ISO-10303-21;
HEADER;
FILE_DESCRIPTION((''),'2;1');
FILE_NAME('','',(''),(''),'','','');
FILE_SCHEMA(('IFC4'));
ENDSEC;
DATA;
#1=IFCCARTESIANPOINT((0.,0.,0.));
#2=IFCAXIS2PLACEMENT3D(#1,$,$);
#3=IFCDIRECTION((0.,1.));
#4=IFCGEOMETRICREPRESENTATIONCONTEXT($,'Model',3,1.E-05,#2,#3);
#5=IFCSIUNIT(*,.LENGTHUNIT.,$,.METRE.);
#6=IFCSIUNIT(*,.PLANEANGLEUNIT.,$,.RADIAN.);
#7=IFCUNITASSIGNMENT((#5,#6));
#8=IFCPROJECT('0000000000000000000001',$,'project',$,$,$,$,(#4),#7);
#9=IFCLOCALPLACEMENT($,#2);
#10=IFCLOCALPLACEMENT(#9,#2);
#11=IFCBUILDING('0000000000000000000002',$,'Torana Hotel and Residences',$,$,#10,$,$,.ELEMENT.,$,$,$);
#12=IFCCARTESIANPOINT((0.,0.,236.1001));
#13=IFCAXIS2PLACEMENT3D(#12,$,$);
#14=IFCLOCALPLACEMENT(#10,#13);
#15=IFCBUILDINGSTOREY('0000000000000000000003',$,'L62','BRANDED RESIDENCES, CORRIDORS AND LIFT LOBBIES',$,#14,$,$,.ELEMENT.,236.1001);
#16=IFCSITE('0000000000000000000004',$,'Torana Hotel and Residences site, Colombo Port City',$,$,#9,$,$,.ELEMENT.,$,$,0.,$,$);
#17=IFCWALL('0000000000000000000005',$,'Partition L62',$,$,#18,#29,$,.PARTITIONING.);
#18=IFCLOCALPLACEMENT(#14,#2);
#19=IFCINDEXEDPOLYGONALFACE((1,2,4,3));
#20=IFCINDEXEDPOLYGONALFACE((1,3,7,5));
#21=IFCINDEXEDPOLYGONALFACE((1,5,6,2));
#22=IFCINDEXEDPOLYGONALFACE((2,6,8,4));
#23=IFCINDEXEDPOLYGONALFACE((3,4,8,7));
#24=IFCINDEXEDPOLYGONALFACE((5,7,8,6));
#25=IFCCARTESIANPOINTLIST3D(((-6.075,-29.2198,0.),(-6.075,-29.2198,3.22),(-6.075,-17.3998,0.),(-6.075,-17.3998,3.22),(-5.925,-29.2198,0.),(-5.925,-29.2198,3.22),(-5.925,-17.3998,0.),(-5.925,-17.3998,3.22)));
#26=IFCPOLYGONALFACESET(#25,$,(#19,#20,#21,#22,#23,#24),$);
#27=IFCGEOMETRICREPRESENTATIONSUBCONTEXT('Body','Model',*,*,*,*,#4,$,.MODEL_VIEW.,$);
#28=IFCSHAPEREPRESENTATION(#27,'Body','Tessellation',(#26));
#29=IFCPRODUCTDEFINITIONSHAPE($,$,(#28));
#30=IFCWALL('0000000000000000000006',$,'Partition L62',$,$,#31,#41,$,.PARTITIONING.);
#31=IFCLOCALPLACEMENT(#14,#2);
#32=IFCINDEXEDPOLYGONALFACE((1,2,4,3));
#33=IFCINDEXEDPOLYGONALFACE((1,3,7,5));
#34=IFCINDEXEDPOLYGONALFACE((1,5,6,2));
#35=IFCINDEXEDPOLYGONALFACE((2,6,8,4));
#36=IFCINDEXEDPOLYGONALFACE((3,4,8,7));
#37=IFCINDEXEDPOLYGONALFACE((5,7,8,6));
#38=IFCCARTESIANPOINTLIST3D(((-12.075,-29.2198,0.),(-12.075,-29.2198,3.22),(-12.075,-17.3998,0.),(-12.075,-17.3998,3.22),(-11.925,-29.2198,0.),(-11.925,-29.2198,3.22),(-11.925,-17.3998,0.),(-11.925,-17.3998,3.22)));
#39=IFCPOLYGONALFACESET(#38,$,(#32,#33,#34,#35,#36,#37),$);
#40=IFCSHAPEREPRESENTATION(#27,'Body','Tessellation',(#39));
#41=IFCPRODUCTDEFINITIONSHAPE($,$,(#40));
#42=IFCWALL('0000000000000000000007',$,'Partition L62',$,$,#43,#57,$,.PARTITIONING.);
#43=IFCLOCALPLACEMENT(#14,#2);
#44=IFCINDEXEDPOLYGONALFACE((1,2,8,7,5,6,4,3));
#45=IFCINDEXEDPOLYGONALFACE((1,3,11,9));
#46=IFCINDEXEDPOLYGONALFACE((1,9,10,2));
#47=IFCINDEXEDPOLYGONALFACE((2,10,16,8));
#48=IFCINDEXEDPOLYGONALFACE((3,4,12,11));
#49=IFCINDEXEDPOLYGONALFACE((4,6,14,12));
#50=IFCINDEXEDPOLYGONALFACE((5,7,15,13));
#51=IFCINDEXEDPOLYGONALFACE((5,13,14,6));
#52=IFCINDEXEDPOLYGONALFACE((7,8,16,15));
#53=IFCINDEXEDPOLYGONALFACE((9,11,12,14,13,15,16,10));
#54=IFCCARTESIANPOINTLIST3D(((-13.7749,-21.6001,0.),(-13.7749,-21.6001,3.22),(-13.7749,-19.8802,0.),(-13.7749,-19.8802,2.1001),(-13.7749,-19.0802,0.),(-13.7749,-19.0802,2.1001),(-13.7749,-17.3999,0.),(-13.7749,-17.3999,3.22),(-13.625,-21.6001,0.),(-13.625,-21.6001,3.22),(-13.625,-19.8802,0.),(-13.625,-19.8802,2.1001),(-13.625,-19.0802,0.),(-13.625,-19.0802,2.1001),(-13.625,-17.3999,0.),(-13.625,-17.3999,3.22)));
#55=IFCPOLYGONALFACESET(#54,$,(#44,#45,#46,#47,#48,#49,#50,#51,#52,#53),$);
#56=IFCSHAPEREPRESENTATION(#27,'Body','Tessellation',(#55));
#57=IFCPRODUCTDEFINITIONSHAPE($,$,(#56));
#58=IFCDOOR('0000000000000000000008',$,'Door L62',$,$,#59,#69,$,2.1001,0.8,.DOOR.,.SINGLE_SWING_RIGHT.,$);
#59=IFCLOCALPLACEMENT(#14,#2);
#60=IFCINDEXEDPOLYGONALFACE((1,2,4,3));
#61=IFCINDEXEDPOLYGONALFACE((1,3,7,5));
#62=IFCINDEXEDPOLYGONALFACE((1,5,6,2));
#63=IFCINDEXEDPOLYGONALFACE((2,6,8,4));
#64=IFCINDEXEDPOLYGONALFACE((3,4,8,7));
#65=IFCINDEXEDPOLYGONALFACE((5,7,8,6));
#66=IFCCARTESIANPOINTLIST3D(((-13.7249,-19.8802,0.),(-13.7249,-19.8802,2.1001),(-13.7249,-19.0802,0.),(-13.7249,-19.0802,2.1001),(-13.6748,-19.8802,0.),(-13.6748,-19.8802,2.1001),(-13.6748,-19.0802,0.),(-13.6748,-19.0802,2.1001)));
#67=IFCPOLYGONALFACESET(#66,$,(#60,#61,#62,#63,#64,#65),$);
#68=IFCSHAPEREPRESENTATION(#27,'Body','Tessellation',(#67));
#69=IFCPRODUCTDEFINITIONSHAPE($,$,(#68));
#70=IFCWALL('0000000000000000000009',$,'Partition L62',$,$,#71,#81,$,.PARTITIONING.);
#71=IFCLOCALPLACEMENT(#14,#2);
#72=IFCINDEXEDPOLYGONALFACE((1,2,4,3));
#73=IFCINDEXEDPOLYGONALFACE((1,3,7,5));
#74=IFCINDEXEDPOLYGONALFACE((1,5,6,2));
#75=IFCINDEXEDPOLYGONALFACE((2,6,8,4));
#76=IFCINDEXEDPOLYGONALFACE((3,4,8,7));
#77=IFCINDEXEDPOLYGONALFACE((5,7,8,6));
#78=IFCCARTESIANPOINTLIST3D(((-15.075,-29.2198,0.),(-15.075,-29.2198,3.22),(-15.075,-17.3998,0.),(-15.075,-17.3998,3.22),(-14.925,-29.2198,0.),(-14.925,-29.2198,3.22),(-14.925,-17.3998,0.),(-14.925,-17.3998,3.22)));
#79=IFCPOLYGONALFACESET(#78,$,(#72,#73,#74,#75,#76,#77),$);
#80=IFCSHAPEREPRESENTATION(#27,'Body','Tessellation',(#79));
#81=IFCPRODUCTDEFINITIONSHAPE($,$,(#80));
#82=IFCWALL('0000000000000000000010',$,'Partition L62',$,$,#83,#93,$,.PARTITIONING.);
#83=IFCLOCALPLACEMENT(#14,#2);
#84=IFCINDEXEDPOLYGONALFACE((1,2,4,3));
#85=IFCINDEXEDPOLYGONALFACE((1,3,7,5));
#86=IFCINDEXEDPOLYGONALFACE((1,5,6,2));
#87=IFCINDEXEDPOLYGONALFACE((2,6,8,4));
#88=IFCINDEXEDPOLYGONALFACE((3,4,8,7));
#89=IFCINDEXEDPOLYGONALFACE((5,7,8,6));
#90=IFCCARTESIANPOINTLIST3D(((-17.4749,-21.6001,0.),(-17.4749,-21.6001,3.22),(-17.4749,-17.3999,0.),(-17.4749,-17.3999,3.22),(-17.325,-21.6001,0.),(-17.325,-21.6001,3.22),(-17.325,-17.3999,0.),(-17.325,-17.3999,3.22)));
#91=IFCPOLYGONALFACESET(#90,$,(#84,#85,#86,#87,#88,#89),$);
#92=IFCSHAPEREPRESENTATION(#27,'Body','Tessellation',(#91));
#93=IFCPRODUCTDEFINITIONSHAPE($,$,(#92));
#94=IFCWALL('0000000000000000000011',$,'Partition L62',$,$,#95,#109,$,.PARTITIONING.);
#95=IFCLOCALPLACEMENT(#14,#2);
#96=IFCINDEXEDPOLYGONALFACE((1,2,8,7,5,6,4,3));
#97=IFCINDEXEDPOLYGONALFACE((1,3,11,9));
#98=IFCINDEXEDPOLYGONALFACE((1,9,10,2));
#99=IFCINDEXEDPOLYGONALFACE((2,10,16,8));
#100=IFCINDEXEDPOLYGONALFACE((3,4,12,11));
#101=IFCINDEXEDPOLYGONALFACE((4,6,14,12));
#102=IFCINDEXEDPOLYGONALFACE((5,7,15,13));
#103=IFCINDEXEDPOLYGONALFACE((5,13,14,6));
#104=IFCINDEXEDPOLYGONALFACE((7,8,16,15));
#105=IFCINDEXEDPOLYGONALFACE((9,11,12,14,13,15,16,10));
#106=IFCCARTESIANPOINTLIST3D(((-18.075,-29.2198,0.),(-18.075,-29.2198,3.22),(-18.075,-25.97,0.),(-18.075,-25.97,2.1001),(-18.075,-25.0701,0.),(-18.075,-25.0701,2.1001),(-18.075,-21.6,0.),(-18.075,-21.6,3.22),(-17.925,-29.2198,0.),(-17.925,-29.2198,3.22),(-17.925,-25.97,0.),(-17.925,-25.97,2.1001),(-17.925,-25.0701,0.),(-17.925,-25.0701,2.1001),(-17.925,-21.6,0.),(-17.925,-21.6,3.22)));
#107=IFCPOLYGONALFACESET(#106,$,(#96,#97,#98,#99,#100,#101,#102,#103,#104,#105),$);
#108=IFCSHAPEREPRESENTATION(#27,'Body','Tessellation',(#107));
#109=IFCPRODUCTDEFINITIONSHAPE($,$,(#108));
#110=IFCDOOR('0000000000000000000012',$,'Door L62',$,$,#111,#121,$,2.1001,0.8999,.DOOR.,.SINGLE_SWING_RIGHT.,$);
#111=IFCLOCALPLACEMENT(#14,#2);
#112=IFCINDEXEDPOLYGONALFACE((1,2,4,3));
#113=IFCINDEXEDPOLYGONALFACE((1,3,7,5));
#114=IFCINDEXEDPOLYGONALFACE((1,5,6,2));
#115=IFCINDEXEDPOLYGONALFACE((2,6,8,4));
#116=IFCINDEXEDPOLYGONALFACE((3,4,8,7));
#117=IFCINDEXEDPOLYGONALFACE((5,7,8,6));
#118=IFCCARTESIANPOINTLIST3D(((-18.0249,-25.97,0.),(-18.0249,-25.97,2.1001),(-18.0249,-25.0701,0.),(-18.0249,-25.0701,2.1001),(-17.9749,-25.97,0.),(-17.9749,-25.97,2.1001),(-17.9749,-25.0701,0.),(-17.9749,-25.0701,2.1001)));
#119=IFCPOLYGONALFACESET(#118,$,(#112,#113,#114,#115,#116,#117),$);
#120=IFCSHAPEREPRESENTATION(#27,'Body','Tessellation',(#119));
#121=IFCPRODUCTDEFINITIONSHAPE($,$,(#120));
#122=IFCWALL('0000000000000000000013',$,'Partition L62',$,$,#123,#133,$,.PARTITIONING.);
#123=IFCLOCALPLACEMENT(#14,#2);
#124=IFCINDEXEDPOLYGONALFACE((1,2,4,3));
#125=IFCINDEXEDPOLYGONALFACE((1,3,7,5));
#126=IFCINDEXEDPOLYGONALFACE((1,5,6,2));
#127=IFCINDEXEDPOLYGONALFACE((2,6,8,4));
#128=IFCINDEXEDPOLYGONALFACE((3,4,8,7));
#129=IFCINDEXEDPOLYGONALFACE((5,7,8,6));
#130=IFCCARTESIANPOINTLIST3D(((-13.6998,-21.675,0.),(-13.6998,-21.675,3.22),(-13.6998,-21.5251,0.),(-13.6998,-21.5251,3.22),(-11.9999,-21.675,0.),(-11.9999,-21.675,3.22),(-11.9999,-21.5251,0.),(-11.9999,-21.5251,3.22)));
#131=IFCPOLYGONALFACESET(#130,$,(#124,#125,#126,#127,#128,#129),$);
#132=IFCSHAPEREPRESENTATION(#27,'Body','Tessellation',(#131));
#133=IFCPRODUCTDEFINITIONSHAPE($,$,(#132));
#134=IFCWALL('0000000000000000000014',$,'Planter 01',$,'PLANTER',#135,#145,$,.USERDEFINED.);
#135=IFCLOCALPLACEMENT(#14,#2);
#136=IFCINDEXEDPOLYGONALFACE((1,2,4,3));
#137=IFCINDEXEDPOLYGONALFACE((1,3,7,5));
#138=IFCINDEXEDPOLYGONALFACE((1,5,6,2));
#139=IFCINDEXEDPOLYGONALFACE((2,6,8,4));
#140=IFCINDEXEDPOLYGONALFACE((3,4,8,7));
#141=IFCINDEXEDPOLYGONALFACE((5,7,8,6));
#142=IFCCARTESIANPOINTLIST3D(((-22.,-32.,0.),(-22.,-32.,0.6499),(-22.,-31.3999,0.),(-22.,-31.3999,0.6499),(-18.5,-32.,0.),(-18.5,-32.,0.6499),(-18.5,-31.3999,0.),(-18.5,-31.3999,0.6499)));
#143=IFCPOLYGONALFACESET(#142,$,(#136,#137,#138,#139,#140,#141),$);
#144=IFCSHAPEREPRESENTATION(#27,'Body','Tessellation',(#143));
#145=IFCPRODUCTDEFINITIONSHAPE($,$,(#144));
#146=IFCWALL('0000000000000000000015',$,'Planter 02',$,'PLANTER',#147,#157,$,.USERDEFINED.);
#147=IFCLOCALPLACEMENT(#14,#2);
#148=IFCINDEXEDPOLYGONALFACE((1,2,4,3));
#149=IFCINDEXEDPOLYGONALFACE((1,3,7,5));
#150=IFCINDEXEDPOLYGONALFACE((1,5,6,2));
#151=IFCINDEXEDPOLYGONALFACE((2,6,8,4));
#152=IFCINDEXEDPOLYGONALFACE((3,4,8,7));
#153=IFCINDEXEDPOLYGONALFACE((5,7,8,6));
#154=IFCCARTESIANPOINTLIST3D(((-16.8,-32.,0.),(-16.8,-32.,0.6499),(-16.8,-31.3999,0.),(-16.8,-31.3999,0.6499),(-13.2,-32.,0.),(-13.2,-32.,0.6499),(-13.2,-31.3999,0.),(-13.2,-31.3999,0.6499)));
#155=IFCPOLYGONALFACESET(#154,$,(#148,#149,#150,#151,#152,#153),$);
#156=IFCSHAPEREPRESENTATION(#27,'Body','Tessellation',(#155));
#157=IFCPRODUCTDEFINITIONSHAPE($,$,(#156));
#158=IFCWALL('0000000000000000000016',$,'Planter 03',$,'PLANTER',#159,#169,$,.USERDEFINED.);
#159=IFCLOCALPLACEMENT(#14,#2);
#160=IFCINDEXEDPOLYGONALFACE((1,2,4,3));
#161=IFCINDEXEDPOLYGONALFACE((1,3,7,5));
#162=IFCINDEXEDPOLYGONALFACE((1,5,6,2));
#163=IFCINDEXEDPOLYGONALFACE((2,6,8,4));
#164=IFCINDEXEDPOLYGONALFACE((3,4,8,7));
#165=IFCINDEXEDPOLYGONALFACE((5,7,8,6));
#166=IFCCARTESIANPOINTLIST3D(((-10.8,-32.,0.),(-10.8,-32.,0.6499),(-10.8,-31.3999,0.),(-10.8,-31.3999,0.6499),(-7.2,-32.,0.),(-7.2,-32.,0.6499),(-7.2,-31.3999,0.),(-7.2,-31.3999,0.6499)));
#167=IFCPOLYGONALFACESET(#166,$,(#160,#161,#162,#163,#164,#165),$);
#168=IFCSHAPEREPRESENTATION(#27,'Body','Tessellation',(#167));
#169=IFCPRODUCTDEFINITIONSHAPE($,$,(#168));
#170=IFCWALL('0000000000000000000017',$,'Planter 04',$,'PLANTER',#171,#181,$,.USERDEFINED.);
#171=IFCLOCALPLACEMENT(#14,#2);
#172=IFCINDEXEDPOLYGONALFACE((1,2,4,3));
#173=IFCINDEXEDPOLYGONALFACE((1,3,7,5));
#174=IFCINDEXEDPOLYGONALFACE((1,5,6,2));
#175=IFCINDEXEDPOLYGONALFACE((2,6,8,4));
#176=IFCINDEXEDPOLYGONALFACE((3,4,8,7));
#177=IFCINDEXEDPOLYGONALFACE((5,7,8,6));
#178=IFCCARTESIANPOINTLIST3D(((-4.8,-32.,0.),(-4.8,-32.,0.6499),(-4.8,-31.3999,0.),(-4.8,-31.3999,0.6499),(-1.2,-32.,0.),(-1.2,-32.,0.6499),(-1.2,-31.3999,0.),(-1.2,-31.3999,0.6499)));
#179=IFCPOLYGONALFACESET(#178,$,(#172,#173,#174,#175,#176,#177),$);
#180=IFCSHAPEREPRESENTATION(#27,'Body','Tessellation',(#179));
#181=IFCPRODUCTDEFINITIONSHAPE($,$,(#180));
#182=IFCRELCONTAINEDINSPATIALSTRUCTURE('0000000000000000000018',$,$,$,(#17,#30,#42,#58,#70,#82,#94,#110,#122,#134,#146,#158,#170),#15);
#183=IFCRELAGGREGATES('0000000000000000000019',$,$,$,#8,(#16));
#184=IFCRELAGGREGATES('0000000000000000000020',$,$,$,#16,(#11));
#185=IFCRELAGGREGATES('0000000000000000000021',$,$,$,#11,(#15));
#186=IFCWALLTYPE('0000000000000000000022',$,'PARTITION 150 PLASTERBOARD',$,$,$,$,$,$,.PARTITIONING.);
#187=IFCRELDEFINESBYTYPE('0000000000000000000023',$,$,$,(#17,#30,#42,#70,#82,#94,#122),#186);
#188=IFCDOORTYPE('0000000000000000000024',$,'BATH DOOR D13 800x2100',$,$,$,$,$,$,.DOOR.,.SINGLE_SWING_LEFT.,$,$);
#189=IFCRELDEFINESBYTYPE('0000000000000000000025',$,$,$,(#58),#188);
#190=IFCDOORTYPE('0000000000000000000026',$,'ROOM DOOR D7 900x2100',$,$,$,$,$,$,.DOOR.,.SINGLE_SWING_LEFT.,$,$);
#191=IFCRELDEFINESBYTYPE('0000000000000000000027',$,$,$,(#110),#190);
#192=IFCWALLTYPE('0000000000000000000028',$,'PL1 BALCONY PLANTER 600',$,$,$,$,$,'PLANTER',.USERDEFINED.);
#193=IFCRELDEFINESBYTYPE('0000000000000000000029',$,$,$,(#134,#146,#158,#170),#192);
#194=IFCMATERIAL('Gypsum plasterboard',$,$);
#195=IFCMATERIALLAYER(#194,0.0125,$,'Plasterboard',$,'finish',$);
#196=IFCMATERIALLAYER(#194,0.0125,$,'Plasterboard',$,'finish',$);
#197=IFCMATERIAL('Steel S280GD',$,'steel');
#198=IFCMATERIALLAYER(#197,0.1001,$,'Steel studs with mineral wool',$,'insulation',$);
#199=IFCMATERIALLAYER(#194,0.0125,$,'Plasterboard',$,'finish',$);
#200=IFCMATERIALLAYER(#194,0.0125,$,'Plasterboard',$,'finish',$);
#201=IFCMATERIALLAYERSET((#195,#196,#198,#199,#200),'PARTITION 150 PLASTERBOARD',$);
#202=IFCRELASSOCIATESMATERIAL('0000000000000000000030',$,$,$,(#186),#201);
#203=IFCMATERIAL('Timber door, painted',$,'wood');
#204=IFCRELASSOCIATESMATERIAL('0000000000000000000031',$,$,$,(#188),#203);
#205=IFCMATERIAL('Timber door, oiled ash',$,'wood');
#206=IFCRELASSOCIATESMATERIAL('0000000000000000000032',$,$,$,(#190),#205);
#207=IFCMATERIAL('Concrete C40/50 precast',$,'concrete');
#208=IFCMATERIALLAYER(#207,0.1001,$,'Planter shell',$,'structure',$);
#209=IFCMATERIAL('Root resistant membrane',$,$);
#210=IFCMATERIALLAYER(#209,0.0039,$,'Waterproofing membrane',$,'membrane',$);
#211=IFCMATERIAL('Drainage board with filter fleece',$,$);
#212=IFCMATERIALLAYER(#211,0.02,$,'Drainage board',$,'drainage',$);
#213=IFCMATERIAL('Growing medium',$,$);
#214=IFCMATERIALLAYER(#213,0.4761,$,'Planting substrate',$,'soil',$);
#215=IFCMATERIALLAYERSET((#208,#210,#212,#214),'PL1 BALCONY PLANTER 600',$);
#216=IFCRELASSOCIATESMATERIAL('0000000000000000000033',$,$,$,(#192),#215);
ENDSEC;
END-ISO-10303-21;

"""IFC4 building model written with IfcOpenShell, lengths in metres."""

from ifc_helpers import new_model, si_unit, direction, frame, frame_2d, origin, place, context, subcontext, project, spatial, rectangle, extrude, material, layer, layer_set, type_object, element, fill, save


model = new_model("IFC4")

# Units and contexts
model_context = context("Model", 3, precision=1e-05, world=origin(), true_north=direction((0.0, 1.0)))
body_context = subcontext(model_context, "Body", "Model", "MODEL_VIEW")
ifc_project = project(units=[si_unit("LENGTHUNIT", "METRE"), si_unit("PLANEANGLEUNIT", "RADIAN")], contexts=[model_context])

# Site, building, storey
site_placement = place(None, origin())
site = spatial("IfcSite", under=ifc_project, at=site_placement, Name="Torana Hotel and Residences site, Colombo Port City", CompositionType="ELEMENT", RefElevation=0.0)
building_placement = place(site_placement, origin())
building = spatial("IfcBuilding", under=site, at=building_placement, Name="Torana Hotel and Residences", CompositionType="ELEMENT")
storey_placement = place(building_placement, frame((0.0, 0.0, 236.1001)))
storey = spatial("IfcBuildingStorey", under=building, at=storey_placement, Name="L62", Description="BRANDED RESIDENCES, CORRIDORS AND LIFT LOBBIES", CompositionType="ELEMENT", Elevation=236.1001)

# Walls
ifc_material_1 = material(Name="Gypsum plasterboard")
ifc_layer_1 = layer(ifc_material_1, 0.0125, Name="Plasterboard", Category="finish")
ifc_layer_2 = layer(ifc_material_1, 0.0125, Name="Plasterboard", Category="finish")
ifc_material_2 = material(Name="Steel S280GD", Category="steel")
ifc_layer_3 = layer(ifc_material_2, 0.1001, Name="Steel studs with mineral wool", Category="insulation")
ifc_layer_4 = layer(ifc_material_1, 0.0125, Name="Plasterboard", Category="finish")
ifc_layer_5 = layer(ifc_material_1, 0.0125, Name="Plasterboard", Category="finish")
ifc_layer_set_1 = layer_set([ifc_layer_1, ifc_layer_2, ifc_layer_3, ifc_layer_4, ifc_layer_5], Name="PARTITION 150 PLASTERBOARD")
wall_type_1 = type_object("IfcWallType", Name="PARTITION 150 PLASTERBOARD", PredefinedType="PARTITIONING", material=ifc_layer_set_1)
for number, where, z_axis, x_axis, name in (
    (1, (-6.0, -29.22, 0.0), (0.0, 0.0, 1.0), (0.0, 1.0, 0.0), "Partition L62"),
    (2, (-12.0, -29.22, 0.0), (0.0, 0.0, 1.0), (0.0, 1.0, 0.0), "Partition L62"),
):
    element("IfcWall", number, at=place(storey_placement, frame(where, z_axis=z_axis, x_axis=x_axis)), inside=storey, type_object=wall_type_1, Name=name, PredefinedType="PARTITIONING", context=body_context, shape_type="SweptSolid", body=[
        extrude(rectangle(XDim=11.8201, YDim=0.1499, at=frame_2d((5.9102, 0.0))), origin(), (0.0, 0.0, 1.0), 3.22),
    ])

# Wall, opening, door
wall_1_placement = place(storey_placement, frame((-13.7, -21.6001, 0.0), z_axis=(0.0, 0.0, 1.0), x_axis=(0.0, 1.0, 0.0)))
wall_1 = element("IfcWall", 3, at=wall_1_placement, inside=storey, type_object=wall_type_1, Name="Partition L62", PredefinedType="PARTITIONING", context=body_context, shape_type="SweptSolid", body=[
    extrude(rectangle(XDim=4.2002, YDim=0.1499, at=frame_2d((2.1001, 0.0))), origin(), (0.0, 0.0, 1.0), 3.22),
])
opening_1_placement = place(wall_1_placement, frame((1.72, 0.0, 0.0)))
opening_1 = element("IfcOpeningElement", 4, at=opening_1_placement, cuts=wall_1, PredefinedType="OPENING", context=body_context, shape_type="SweptSolid", body=[
    extrude(rectangle(XDim=0.8, YDim=2.1001, at=frame_2d((0.3999, 1.05))), frame((0.0, 0.085, 0.0), z_axis=(0.0, -1.0, 0.0), x_axis=(1.0, 0.0, 0.0)), (0.0, 0.0, 1.0), 0.1699),
])
ifc_material_3 = material(Name="Timber door, painted", Category="wood")
door_type_1 = type_object("IfcDoorType", Name="BATH DOOR D13 800x2100", OperationType="SINGLE_SWING_LEFT", PredefinedType="DOOR", material=ifc_material_3)
door_1_placement = place(opening_1_placement, origin())
door_1 = element("IfcDoor", 5, at=door_1_placement, inside=storey, type_object=door_type_1, Name="Door L62", OperationType="SINGLE_SWING_RIGHT", OverallHeight=2.1001, OverallWidth=0.8, PredefinedType="DOOR", context=body_context, shape_type="SweptSolid", body=[
    extrude(rectangle(XDim=0.8, YDim=2.1001, at=frame_2d((0.3999, 1.05))), frame((0.0, 0.0249, 0.0), z_axis=(0.0, -1.0, 0.0), x_axis=(1.0, 0.0, 0.0)), (0.0, 0.0, 1.0), 0.05),
])
fill(opening_1, door_1)

# Walls
wall_2_placement = place(storey_placement, frame((-15.0, -29.22, 0.0), z_axis=(0.0, 0.0, 1.0), x_axis=(0.0, 1.0, 0.0)))
element("IfcWall", 6, at=wall_2_placement, inside=storey, type_object=wall_type_1, Name="Partition L62", PredefinedType="PARTITIONING", context=body_context, shape_type="SweptSolid", body=[
    extrude(rectangle(XDim=11.8201, YDim=0.1499, at=frame_2d((5.9102, 0.0))), origin(), (0.0, 0.0, 1.0), 3.22),
])
wall_3_placement = place(storey_placement, frame((-17.3999, -21.6001, 0.0), z_axis=(0.0, 0.0, 1.0), x_axis=(0.0, 1.0, 0.0)))
element("IfcWall", 7, at=wall_3_placement, inside=storey, type_object=wall_type_1, Name="Partition L62", PredefinedType="PARTITIONING", context=body_context, shape_type="SweptSolid", body=[
    extrude(rectangle(XDim=4.2002, YDim=0.1499, at=frame_2d((2.1001, 0.0))), origin(), (0.0, 0.0, 1.0), 3.22),
])

# Wall, opening, door
wall_4_placement = place(storey_placement, frame((-18.0, -29.22, 0.0), z_axis=(0.0, 0.0, 1.0), x_axis=(0.0, 1.0, 0.0)))
wall_4 = element("IfcWall", 8, at=wall_4_placement, inside=storey, type_object=wall_type_1, Name="Partition L62", PredefinedType="PARTITIONING", context=body_context, shape_type="SweptSolid", body=[
    extrude(rectangle(XDim=7.6199, YDim=0.1499, at=frame_2d((3.8101, 0.0))), origin(), (0.0, 0.0, 1.0), 3.22),
])
opening_2_placement = place(wall_4_placement, frame((3.25, 0.0, 0.0)))
opening_2 = element("IfcOpeningElement", 9, at=opening_2_placement, cuts=wall_4, PredefinedType="OPENING", context=body_context, shape_type="SweptSolid", body=[
    extrude(rectangle(XDim=0.8999, YDim=2.1001, at=frame_2d((0.45, 1.05))), frame((0.0, 0.085, 0.0), z_axis=(0.0, -1.0, 0.0), x_axis=(1.0, 0.0, 0.0)), (0.0, 0.0, 1.0), 0.1699),
])
ifc_material_4 = material(Name="Timber door, oiled ash", Category="wood")
door_type_2 = type_object("IfcDoorType", Name="ROOM DOOR D7 900x2100", OperationType="SINGLE_SWING_LEFT", PredefinedType="DOOR", material=ifc_material_4)
door_2_placement = place(opening_2_placement, origin())
door_2 = element("IfcDoor", 10, at=door_2_placement, inside=storey, type_object=door_type_2, Name="Door L62", OperationType="SINGLE_SWING_RIGHT", OverallHeight=2.1001, OverallWidth=0.8999, PredefinedType="DOOR", context=body_context, shape_type="SweptSolid", body=[
    extrude(rectangle(XDim=0.8999, YDim=2.1001, at=frame_2d((0.45, 1.05))), frame((0.0, 0.0249, 0.0), z_axis=(0.0, -1.0, 0.0), x_axis=(1.0, 0.0, 0.0)), (0.0, 0.0, 1.0), 0.05),
])
fill(opening_2, door_2)

# Walls
wall_5_placement = place(storey_placement, frame((-13.7, -21.6001, 0.0), z_axis=(0.0, 0.0, 1.0), x_axis=(1.0, 0.0, 0.0)))
element("IfcWall", 11, at=wall_5_placement, inside=storey, type_object=wall_type_1, Name="Partition L62", PredefinedType="PARTITIONING", context=body_context, shape_type="SweptSolid", body=[
    extrude(rectangle(XDim=1.7, YDim=0.1499, at=frame_2d((0.8501, 0.0))), origin(), (0.0, 0.0, 1.0), 3.22),
])
ifc_material_5 = material(Name="Concrete C40/50 precast", Category="concrete")
ifc_layer_6 = layer(ifc_material_5, 0.1001, Name="Planter shell", Category="structure")
ifc_material_6 = material(Name="Root resistant membrane")
ifc_layer_7 = layer(ifc_material_6, 0.0039, Name="Waterproofing membrane", Category="membrane")
ifc_material_7 = material(Name="Drainage board with filter fleece")
ifc_layer_8 = layer(ifc_material_7, 0.02, Name="Drainage board", Category="drainage")
ifc_material_8 = material(Name="Growing medium")
ifc_layer_9 = layer(ifc_material_8, 0.4761, Name="Planting substrate", Category="soil")
ifc_layer_set_2 = layer_set([ifc_layer_6, ifc_layer_7, ifc_layer_8, ifc_layer_9], Name="PL1 BALCONY PLANTER 600")
wall_type_2 = type_object("IfcWallType", Name="PL1 BALCONY PLANTER 600", ElementType="PLANTER", PredefinedType="USERDEFINED", material=ifc_layer_set_2)
wall_6_placement = place(storey_placement, frame((-18.5, -31.7, 0.0), z_axis=(0.0, 0.0, 1.0), x_axis=(-1.0, 0.0, 0.0)))
element("IfcWall", 12, at=wall_6_placement, inside=storey, type_object=wall_type_2, Name="Planter 01", ObjectType="PLANTER", PredefinedType="USERDEFINED", context=body_context, shape_type="SweptSolid", body=[
    extrude(rectangle(XDim=3.5, YDim=0.6001, at=frame_2d((1.75, 0.0))), origin(), (0.0, 0.0, 1.0), 0.6499),
])
for number, where, z_axis, x_axis, name in (
    (13, (-13.2, -31.7, 0.0), (0.0, 0.0, 1.0), (-1.0, 0.0, 0.0), "Planter 02"),
    (14, (-7.2, -31.7, 0.0), (0.0, 0.0, 1.0), (-1.0, 0.0, 0.0), "Planter 03"),
    (15, (-1.2, -31.7, 0.0), (0.0, 0.0, 1.0), (-1.0, 0.0, 0.0), "Planter 04"),
):
    element("IfcWall", number, at=place(storey_placement, frame(where, z_axis=z_axis, x_axis=x_axis)), inside=storey, type_object=wall_type_2, Name=name, ObjectType="PLANTER", PredefinedType="USERDEFINED", context=body_context, shape_type="SweptSolid", body=[
        extrude(rectangle(XDim=3.6001, YDim=0.6001, at=frame_2d((1.8, 0.0))), origin(), (0.0, 0.0, 1.0), 0.6499),
    ])

save(model, "model.ifc")
